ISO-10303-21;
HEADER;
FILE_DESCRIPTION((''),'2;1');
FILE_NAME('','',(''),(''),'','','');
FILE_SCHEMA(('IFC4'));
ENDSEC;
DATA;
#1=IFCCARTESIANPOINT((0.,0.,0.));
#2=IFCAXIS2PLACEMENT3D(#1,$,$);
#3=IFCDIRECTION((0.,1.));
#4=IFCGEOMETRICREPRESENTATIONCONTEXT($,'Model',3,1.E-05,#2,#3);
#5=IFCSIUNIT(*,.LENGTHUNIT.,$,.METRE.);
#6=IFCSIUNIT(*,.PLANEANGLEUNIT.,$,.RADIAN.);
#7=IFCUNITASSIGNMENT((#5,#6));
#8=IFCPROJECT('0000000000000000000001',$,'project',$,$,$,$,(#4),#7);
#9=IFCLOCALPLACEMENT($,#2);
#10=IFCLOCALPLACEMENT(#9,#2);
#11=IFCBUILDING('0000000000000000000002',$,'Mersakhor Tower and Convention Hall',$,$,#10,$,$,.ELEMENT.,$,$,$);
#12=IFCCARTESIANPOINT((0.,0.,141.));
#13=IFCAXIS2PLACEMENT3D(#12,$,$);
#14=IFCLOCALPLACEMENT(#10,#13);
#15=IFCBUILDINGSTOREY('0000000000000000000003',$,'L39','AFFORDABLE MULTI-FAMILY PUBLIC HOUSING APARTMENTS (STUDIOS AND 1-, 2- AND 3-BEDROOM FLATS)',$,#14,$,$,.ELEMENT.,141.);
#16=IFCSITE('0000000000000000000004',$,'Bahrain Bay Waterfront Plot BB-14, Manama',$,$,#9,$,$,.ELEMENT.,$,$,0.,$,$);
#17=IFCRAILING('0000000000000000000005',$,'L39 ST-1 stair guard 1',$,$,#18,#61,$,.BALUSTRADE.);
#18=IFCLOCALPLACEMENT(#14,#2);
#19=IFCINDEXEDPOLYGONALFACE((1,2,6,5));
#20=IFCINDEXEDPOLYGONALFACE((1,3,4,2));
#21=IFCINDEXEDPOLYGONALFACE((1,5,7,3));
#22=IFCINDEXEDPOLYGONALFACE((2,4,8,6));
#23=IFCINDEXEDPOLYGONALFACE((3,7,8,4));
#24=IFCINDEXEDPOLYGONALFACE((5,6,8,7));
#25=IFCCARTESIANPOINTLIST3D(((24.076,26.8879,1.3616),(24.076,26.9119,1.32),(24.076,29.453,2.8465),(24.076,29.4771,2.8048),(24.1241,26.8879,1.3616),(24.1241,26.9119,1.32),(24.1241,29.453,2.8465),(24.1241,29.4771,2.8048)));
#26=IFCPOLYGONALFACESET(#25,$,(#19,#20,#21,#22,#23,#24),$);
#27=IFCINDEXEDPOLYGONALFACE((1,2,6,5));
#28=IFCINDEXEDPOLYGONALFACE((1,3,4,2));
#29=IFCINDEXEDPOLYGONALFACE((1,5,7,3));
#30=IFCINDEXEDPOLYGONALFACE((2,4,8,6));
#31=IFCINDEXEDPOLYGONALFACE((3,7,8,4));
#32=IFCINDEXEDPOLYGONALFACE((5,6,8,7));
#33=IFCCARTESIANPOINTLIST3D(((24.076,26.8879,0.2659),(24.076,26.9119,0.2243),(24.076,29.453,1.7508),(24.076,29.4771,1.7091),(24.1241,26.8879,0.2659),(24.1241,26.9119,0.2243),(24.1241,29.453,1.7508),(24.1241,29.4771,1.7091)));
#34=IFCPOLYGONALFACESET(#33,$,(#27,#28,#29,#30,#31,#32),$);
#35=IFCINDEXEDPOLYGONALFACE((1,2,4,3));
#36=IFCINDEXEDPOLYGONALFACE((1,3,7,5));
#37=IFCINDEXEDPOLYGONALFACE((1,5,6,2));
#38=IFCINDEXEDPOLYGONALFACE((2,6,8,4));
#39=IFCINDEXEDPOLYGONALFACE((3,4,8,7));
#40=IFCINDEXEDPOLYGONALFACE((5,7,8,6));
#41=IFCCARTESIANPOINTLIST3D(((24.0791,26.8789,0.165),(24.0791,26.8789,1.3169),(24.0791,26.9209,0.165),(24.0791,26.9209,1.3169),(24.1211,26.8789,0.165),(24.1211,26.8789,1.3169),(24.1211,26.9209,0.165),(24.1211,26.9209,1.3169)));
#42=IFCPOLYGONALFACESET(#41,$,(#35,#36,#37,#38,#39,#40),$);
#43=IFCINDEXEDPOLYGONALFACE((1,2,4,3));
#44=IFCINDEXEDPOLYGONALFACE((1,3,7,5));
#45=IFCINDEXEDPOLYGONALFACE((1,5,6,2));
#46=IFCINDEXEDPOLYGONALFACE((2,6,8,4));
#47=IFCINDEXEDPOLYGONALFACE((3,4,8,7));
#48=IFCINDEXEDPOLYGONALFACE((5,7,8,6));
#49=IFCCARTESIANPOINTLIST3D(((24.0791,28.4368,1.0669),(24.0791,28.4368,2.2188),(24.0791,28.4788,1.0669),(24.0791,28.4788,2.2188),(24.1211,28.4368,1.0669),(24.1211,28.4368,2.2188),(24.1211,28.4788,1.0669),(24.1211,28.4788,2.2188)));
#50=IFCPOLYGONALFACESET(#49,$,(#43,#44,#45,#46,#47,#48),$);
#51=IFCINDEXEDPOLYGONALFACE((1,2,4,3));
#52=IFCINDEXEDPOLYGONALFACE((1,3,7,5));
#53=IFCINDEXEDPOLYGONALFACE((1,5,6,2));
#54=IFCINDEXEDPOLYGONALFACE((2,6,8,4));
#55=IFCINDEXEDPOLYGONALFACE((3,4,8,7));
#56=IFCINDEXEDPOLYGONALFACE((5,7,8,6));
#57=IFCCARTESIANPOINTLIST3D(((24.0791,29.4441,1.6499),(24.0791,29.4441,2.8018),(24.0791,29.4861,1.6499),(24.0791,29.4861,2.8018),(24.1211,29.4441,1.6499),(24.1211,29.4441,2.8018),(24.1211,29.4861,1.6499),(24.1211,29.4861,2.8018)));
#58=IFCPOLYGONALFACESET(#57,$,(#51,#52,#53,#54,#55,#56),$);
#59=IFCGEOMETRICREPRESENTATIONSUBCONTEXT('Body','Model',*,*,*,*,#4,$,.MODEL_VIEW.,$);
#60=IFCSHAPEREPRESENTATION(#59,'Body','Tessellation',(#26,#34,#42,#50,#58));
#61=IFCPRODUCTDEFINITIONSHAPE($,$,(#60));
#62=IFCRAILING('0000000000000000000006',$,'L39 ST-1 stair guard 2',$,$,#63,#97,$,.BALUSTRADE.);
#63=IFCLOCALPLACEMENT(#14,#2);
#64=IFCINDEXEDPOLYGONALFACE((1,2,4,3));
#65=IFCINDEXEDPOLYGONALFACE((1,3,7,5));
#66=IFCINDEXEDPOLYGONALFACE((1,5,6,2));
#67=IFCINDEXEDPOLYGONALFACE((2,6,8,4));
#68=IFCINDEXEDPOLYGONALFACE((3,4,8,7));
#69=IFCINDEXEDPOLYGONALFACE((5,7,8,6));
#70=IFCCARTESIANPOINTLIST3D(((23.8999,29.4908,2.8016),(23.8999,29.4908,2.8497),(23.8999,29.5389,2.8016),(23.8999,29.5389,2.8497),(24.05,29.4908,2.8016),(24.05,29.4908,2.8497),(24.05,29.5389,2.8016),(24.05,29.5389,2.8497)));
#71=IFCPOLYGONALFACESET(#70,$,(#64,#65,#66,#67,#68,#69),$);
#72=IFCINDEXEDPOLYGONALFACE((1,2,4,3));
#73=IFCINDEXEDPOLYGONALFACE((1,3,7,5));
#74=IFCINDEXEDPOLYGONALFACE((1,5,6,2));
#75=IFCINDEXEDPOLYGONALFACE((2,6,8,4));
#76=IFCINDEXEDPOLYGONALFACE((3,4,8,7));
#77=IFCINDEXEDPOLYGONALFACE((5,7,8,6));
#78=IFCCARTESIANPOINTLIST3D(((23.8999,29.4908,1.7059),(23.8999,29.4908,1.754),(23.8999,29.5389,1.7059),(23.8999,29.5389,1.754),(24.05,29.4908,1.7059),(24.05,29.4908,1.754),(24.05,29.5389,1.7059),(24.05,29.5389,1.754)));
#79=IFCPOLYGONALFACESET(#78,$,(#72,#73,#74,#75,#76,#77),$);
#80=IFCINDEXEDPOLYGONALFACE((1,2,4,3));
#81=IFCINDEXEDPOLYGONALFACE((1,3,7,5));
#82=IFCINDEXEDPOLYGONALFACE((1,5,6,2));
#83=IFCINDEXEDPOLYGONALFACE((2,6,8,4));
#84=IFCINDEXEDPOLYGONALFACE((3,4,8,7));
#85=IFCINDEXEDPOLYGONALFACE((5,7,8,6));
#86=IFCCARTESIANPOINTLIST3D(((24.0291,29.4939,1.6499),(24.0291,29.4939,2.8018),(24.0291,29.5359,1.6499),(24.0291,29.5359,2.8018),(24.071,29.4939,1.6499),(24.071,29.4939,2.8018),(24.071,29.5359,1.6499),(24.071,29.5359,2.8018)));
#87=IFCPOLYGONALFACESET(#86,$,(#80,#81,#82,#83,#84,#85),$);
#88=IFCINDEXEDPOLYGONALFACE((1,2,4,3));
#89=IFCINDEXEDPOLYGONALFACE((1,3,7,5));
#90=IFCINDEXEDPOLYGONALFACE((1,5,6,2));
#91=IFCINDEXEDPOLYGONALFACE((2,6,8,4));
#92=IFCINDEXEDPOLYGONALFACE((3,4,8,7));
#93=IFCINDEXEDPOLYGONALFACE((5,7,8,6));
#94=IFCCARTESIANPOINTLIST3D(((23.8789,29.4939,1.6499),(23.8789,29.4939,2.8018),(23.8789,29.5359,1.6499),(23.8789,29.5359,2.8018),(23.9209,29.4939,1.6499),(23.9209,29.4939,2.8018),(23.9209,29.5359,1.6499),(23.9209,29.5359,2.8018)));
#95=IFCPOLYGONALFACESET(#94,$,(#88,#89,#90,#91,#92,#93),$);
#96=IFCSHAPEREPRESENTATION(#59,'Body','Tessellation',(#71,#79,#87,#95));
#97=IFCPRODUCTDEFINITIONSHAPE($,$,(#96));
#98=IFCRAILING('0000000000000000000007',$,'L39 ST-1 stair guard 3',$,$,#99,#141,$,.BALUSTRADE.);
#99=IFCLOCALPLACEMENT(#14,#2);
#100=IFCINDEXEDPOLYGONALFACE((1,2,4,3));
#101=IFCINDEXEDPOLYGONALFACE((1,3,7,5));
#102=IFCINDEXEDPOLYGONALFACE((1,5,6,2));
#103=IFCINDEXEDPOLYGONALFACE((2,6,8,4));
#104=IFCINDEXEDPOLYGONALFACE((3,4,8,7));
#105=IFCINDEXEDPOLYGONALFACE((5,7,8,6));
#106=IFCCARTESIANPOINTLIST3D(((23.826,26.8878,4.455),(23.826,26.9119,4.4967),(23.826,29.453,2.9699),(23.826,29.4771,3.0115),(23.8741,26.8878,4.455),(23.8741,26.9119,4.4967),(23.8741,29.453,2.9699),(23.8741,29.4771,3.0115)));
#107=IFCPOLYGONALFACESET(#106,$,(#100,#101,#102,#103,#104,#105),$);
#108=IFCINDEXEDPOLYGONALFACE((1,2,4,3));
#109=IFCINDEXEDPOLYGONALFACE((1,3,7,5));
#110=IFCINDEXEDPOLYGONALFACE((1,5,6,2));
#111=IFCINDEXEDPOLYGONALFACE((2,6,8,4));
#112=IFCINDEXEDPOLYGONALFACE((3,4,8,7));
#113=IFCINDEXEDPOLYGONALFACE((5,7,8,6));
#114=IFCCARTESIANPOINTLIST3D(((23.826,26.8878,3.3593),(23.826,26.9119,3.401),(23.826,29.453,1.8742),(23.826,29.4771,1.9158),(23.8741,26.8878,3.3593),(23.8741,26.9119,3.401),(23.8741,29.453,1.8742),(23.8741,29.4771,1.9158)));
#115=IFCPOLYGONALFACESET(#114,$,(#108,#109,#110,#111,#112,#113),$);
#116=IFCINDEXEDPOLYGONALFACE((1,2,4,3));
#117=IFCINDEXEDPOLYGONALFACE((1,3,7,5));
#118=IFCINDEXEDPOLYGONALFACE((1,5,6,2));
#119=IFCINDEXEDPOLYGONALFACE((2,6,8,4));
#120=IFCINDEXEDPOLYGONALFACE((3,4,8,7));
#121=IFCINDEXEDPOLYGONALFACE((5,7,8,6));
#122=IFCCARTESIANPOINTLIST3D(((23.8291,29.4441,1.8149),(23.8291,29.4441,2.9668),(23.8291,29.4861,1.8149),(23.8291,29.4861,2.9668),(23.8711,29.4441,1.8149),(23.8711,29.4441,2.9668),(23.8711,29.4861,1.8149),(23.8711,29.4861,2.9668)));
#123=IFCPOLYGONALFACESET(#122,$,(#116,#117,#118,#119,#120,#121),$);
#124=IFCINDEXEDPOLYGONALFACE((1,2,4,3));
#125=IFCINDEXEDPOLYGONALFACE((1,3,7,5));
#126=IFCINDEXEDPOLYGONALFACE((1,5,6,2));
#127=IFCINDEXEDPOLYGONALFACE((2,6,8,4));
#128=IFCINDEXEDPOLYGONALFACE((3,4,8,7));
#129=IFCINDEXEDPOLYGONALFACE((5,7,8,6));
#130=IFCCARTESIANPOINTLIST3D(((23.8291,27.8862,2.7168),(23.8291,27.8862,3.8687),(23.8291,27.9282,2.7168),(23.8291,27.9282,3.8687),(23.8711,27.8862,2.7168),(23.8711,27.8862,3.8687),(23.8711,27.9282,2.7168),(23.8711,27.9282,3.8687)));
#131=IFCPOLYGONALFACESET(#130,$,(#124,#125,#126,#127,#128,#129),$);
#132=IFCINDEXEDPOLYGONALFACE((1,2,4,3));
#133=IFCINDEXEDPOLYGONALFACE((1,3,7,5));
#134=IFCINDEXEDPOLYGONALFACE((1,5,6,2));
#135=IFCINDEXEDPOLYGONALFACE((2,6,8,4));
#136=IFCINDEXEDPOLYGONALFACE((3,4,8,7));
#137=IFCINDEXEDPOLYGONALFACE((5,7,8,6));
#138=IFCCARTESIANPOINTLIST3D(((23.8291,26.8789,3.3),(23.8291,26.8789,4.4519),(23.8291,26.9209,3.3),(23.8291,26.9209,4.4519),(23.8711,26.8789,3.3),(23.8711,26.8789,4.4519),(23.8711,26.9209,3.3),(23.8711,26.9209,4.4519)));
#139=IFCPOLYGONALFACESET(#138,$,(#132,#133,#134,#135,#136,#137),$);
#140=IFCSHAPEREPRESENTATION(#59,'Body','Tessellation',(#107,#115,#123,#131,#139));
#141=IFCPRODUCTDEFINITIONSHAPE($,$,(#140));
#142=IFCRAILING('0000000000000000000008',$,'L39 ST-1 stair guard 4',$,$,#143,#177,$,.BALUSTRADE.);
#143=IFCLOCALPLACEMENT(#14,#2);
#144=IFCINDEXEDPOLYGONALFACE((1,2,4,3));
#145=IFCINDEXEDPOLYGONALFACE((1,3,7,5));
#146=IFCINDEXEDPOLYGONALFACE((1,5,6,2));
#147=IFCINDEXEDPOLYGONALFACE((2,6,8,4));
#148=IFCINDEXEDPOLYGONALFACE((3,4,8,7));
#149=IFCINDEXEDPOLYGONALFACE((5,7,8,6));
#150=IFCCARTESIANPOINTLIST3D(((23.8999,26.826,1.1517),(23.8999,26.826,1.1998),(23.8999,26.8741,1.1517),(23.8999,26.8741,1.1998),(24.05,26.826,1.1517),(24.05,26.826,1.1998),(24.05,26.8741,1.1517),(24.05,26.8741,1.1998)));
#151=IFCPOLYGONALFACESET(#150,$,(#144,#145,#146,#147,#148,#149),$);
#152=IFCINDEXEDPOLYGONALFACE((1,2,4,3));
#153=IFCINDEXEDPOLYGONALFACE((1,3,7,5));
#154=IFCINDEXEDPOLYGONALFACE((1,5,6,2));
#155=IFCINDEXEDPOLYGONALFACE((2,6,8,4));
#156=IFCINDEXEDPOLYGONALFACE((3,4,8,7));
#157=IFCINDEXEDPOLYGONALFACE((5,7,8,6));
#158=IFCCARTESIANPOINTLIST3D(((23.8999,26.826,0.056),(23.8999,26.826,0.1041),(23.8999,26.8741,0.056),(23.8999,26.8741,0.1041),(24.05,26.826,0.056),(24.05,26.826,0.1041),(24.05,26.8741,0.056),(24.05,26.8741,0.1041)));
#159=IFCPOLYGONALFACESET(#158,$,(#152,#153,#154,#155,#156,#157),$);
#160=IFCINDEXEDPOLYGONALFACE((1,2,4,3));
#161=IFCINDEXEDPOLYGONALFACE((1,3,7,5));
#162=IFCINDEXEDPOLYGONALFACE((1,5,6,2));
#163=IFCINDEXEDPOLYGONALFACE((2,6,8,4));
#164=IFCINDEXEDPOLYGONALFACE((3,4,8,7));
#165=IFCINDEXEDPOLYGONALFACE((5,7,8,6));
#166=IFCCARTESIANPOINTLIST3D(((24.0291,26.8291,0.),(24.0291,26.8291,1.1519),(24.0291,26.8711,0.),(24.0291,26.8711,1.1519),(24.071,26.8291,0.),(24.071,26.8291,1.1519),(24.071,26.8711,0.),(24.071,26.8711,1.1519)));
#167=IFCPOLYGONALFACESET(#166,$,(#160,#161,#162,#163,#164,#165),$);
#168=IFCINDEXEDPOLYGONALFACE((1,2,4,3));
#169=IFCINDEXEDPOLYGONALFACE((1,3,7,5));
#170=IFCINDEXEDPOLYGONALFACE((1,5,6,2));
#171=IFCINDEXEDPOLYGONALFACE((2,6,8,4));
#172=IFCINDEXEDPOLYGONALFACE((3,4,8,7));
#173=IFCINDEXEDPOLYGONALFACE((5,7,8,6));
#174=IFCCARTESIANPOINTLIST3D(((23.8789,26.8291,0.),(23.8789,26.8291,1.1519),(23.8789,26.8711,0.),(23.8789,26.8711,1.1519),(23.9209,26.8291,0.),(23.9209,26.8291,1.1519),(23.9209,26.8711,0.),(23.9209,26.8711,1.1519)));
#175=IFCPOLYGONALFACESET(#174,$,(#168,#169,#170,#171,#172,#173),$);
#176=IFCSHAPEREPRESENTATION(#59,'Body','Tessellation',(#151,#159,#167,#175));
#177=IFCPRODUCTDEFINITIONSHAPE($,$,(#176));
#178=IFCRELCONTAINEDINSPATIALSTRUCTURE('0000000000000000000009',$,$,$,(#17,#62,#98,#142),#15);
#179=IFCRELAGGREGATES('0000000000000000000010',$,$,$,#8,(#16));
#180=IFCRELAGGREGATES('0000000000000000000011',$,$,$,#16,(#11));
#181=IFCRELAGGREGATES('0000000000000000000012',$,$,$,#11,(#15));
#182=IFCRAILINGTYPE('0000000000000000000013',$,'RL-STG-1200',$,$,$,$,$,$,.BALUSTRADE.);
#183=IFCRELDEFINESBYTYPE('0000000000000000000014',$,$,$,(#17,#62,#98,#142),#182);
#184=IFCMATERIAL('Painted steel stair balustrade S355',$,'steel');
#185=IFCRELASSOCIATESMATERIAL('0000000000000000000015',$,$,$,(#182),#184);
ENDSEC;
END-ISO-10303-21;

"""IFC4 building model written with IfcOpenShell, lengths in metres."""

from ifc_helpers import new_model, si_unit, direction, frame, origin, origin_2d, place, context, subcontext, project, spatial, rectangle, extrude, material, type_object, element, save


model = new_model("IFC4")

# Units and contexts
model_context = context("Model", 3, precision=1e-05, world=origin(), true_north=direction((0.0, 1.0)))
body_context = subcontext(model_context, "Body", "Model", "MODEL_VIEW")
ifc_project = project(units=[si_unit("LENGTHUNIT", "METRE"), si_unit("PLANEANGLEUNIT", "RADIAN")], contexts=[model_context])

# Site, building, storey
site_placement = place(None, origin())
site = spatial("IfcSite", under=ifc_project, at=site_placement, Name="Bahrain Bay Waterfront Plot BB-14, Manama", CompositionType="ELEMENT", RefElevation=0.0)
building_placement = place(site_placement, origin())
building = spatial("IfcBuilding", under=site, at=building_placement, Name="Mersakhor Tower and Convention Hall", CompositionType="ELEMENT")
storey_placement = place(building_placement, frame((0.0, 0.0, 141.0)))
storey = spatial("IfcBuildingStorey", under=building, at=storey_placement, Name="L39", Description="AFFORDABLE MULTI-FAMILY PUBLIC HOUSING APARTMENTS (STUDIOS AND 1-, 2- AND 3-BEDROOM FLATS)", CompositionType="ELEMENT", Elevation=141.0)

# Railings
ifc_material_1 = material(Name="Painted steel stair balustrade S355", Category="steel")
railing_type_1 = type_object("IfcRailingType", Name="RL-STG-1200", PredefinedType="BALUSTRADE", material=ifc_material_1)
railing_1_placement = place(storey_placement, frame((24.1001, 26.8999, 0.165)))
element("IfcRailing", 1, at=railing_1_placement, inside=storey, type_object=railing_type_1, Name="L39 ST-1 stair guard 1", PredefinedType="BALUSTRADE", context=body_context, shape_type="SweptSolid", body=[
    extrude(rectangle(XDim=0.0481, YDim=0.0481, at=origin_2d()), frame((0.0, 0.0, 1.1758), z_axis=(0.0, 0.865462, 0.500975), x_axis=(-1.0, 0.0, 0.0)), (0.0, 0.0, 1.0), 2.9639),
    extrude(rectangle(XDim=0.0481, YDim=0.0481, at=origin_2d()), frame((0.0, 0.0, 0.0801), z_axis=(0.0, 0.865462, 0.500975), x_axis=(-1.0, 0.0, 0.0)), (0.0, 0.0, 1.0), 2.9639),
    extrude(rectangle(XDim=0.042, YDim=0.042, at=origin_2d()), origin(), (0.0, 0.0, 1.0), 1.1519),
    extrude(rectangle(XDim=0.042, YDim=0.042, at=origin_2d()), frame((0.0, 1.5579, 0.9019)), (0.0, 0.0, 1.0), 1.1519),
    extrude(rectangle(XDim=0.042, YDim=0.042, at=origin_2d()), frame((0.0, 2.5652, 1.4849)), (0.0, 0.0, 1.0), 1.1519),
])
railing_2_placement = place(storey_placement, frame((24.05, 29.5149, 1.6499)))
element("IfcRailing", 2, at=railing_2_placement, inside=storey, type_object=railing_type_1, Name="L39 ST-1 stair guard 2", PredefinedType="BALUSTRADE", context=body_context, shape_type="SweptSolid", body=[
    extrude(rectangle(XDim=0.0481, YDim=0.0481, at=origin_2d()), frame((0.0, 0.0, 1.1758), z_axis=(-1.0, 0.0, 0.0), x_axis=(0.0, -1.0, 0.0)), (0.0, 0.0, 1.0), 0.1501),
    extrude(rectangle(XDim=0.0481, YDim=0.0481, at=origin_2d()), frame((0.0, 0.0, 0.0801), z_axis=(-1.0, 0.0, 0.0), x_axis=(0.0, -1.0, 0.0)), (0.0, 0.0, 1.0), 0.1501),
    extrude(rectangle(XDim=0.042, YDim=0.042, at=origin_2d()), origin(), (0.0, 0.0, 1.0), 1.1519),
    extrude(rectangle(XDim=0.042, YDim=0.042, at=origin_2d()), frame((-0.1501, 0.0, 0.0)), (0.0, 0.0, 1.0), 1.1519),
])
railing_3_placement = place(storey_placement, frame((23.8501, 29.4651, 1.8149)))
element("IfcRailing", 3, at=railing_3_placement, inside=storey, type_object=railing_type_1, Name="L39 ST-1 stair guard 3", PredefinedType="BALUSTRADE", context=body_context, shape_type="SweptSolid", body=[
    extrude(rectangle(XDim=0.0481, YDim=0.0481, at=origin_2d()), frame((0.0, 0.0, 1.1758), z_axis=(0.0, -0.865426, 0.501036), x_axis=(1.0, 0.0, 0.0)), (0.0, 0.0, 1.0), 2.9641),
    extrude(rectangle(XDim=0.0481, YDim=0.0481, at=origin_2d()), frame((0.0, 0.0, 0.0801), z_axis=(0.0, -0.865426, 0.501036), x_axis=(1.0, 0.0, 0.0)), (0.0, 0.0, 1.0), 2.9641),
    extrude(rectangle(XDim=0.042, YDim=0.042, at=origin_2d()), origin(), (0.0, 0.0, 1.0), 1.1519),
    extrude(rectangle(XDim=0.042, YDim=0.042, at=origin_2d()), frame((0.0, -1.5579, 0.9019)), (0.0, 0.0, 1.0), 1.1519),
    extrude(rectangle(XDim=0.042, YDim=0.042, at=origin_2d()), frame((0.0, -2.5652, 1.4851)), (0.0, 0.0, 1.0), 1.1519),
])
railing_4_placement = place(storey_placement, frame((24.05, 26.8501, 0.0)))
element("IfcRailing", 4, at=railing_4_placement, inside=storey, type_object=railing_type_1, Name="L39 ST-1 stair guard 4", PredefinedType="BALUSTRADE", context=body_context, shape_type="SweptSolid", body=[
    extrude(rectangle(XDim=0.0481, YDim=0.0481, at=origin_2d()), frame((0.0, 0.0, 1.1758), z_axis=(-1.0, 0.0, 0.0), x_axis=(0.0, -1.0, 0.0)), (0.0, 0.0, 1.0), 0.1501),
    extrude(rectangle(XDim=0.0481, YDim=0.0481, at=origin_2d()), frame((0.0, 0.0, 0.0801), z_axis=(-1.0, 0.0, 0.0), x_axis=(0.0, -1.0, 0.0)), (0.0, 0.0, 1.0), 0.1501),
    extrude(rectangle(XDim=0.042, YDim=0.042, at=origin_2d()), origin(), (0.0, 0.0, 1.0), 1.1519),
    extrude(rectangle(XDim=0.042, YDim=0.042, at=origin_2d()), frame((-0.1501, 0.0, 0.0)), (0.0, 0.0, 1.0), 1.1519),
])

save(model, "model.ifc")
